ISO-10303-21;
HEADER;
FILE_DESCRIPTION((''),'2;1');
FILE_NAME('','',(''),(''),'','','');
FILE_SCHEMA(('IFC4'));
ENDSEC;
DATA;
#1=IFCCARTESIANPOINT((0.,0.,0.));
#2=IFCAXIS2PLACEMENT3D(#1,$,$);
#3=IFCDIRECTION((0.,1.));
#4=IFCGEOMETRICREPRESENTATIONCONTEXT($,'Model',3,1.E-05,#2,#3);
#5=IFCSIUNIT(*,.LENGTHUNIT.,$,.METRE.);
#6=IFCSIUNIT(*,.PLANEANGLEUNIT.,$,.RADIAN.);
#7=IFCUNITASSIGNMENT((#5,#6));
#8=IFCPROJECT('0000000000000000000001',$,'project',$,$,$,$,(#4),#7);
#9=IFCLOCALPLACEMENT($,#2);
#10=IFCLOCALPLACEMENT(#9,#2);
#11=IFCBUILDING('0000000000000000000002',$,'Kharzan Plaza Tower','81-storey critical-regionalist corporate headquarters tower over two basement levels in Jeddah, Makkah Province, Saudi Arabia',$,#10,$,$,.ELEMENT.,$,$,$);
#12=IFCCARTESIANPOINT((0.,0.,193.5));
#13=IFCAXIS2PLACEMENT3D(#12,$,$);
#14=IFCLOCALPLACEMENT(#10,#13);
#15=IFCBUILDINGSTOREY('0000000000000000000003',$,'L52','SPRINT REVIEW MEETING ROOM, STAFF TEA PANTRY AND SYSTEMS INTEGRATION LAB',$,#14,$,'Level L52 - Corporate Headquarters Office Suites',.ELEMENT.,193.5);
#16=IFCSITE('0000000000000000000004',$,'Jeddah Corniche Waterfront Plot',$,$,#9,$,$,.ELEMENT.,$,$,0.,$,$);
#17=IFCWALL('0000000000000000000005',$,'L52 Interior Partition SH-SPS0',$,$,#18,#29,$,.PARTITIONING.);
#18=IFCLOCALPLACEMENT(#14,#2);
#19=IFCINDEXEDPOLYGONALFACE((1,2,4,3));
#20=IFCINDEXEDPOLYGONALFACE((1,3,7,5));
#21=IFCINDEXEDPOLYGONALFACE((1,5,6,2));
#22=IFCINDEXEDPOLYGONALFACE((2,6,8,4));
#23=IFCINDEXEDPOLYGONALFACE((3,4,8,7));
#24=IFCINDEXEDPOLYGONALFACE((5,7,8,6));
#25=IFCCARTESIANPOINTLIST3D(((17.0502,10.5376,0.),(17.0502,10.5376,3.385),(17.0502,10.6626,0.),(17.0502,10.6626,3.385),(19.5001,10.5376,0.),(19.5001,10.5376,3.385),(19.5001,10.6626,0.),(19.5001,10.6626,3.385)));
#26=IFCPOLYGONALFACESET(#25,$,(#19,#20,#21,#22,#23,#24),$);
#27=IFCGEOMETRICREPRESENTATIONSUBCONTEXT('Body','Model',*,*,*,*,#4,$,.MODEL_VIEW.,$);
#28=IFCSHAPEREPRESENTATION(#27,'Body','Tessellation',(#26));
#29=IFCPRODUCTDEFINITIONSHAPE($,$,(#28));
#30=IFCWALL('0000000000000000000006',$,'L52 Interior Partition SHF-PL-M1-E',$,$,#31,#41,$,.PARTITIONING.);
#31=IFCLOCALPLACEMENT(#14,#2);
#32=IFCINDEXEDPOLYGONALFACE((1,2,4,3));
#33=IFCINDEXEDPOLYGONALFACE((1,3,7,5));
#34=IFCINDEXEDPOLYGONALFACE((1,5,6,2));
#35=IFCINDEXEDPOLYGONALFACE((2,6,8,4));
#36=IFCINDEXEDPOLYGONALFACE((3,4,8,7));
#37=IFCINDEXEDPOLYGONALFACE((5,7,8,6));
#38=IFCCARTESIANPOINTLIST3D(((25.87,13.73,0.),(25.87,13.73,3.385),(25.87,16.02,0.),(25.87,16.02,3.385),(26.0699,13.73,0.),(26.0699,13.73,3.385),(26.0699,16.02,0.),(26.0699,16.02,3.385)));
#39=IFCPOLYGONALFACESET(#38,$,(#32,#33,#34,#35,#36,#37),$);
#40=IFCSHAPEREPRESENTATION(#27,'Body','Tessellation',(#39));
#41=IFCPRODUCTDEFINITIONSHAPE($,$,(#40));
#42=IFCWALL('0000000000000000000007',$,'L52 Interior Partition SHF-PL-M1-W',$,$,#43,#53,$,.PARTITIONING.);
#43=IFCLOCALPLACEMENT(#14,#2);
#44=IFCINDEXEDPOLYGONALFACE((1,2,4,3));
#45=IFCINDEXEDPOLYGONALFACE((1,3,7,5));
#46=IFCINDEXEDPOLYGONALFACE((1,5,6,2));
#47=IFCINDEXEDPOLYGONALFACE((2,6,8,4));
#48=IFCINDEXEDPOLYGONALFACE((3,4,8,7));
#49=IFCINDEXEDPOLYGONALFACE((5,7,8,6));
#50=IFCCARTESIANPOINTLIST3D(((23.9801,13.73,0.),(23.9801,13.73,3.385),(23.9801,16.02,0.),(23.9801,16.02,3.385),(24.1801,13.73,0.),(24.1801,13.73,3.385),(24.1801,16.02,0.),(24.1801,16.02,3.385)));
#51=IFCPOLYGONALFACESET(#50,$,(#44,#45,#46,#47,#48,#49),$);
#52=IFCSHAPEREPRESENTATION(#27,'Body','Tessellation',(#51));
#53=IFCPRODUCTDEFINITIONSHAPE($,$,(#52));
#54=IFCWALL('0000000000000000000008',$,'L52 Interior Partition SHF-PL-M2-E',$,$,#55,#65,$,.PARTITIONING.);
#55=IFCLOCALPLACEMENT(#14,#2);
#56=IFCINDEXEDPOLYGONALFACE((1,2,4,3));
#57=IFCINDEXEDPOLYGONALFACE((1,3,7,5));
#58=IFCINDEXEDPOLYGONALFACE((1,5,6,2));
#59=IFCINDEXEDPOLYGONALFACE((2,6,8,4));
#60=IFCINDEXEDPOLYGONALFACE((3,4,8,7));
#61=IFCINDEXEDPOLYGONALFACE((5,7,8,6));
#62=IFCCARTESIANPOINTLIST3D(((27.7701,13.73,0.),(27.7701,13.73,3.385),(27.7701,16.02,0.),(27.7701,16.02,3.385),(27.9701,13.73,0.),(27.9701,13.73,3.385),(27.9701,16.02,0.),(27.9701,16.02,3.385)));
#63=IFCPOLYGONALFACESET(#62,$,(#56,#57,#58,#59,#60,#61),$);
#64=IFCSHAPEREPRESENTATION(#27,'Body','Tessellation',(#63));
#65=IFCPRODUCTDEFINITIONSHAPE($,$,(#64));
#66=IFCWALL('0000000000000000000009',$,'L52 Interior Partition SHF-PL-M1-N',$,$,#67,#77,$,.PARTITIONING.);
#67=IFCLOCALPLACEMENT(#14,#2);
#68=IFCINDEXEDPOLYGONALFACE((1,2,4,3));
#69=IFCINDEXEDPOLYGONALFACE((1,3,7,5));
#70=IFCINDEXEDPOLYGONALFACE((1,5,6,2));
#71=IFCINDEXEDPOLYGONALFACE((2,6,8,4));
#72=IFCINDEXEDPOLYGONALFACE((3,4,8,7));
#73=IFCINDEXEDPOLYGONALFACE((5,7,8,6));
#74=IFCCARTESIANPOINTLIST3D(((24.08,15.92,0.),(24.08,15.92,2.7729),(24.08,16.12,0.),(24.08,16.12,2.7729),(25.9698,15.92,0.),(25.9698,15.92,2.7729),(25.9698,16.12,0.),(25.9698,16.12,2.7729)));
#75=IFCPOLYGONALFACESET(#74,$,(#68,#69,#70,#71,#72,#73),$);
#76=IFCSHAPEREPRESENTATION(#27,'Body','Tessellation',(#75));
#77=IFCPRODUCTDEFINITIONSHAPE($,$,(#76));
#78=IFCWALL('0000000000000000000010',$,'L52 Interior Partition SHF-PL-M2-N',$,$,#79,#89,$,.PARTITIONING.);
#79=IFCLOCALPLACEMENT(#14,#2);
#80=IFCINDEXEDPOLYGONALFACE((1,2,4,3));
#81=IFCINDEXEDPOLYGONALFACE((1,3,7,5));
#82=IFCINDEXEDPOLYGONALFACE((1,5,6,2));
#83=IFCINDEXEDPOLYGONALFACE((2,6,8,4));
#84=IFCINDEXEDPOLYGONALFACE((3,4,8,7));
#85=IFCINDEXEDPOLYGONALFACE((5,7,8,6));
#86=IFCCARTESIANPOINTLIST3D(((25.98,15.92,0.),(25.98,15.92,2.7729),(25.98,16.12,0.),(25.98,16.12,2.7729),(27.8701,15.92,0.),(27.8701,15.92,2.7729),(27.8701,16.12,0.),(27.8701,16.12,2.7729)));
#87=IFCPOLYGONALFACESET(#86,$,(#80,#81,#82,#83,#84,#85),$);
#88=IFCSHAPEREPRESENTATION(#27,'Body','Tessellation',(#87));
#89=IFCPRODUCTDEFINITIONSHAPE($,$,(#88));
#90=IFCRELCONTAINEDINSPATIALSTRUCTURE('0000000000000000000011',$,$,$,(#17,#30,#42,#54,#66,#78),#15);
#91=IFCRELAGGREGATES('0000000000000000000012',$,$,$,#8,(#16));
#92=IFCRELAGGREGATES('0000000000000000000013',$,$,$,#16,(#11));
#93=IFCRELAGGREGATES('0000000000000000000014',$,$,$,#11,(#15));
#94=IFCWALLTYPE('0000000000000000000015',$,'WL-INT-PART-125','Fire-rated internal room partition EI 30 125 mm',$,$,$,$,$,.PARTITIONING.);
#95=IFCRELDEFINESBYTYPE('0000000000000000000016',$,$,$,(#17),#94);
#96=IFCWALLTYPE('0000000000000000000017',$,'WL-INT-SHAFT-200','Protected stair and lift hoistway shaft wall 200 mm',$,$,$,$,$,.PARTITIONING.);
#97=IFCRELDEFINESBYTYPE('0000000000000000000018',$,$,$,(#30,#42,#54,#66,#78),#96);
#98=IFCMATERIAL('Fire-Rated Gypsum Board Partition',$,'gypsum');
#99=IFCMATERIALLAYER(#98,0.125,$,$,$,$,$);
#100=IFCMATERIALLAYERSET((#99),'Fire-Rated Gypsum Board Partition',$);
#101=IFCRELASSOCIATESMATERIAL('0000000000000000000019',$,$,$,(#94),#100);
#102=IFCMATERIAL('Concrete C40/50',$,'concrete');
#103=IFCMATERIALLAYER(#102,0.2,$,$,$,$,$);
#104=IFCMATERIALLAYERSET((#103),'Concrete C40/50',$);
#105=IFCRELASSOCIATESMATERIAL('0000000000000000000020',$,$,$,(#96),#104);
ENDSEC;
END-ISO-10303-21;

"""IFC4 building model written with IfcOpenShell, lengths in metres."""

from ifc_helpers import new_model, si_unit, direction, frame, frame_2d, origin, place, context, subcontext, project, spatial, rectangle, extrude, source, transform, mapped, material, layer, layer_set, type_object, element, save


model = new_model("IFC4")

# Units and contexts
model_context = context("Model", 3, precision=1e-05, world=origin(), true_north=direction((0.0, 1.0)))
body_context = subcontext(model_context, "Body", "Model", "MODEL_VIEW")
ifc_project = project(units=[si_unit("LENGTHUNIT", "METRE"), si_unit("PLANEANGLEUNIT", "RADIAN")], contexts=[model_context])

# Site, building, storey
site_placement = place(None, origin())
site = spatial("IfcSite", under=ifc_project, at=site_placement, Name="Jeddah Corniche Waterfront Plot", CompositionType="ELEMENT", RefElevation=0.0)
building_placement = place(site_placement, origin())
building = spatial("IfcBuilding", under=site, at=building_placement, Name="Kharzan Plaza Tower", Description="81-storey critical-regionalist corporate headquarters tower over two basement levels in Jeddah, Makkah Province, Saudi Arabia", CompositionType="ELEMENT")
storey_placement = place(building_placement, frame((0.0, 0.0, 193.5)))
storey = spatial("IfcBuildingStorey", under=building, at=storey_placement, Name="L52", Description="SPRINT REVIEW MEETING ROOM, STAFF TEA PANTRY AND SYSTEMS INTEGRATION LAB", LongName="Level L52 - Corporate Headquarters Office Suites", CompositionType="ELEMENT", Elevation=193.5)

# Shared definitions
ifc_material_1 = material(Name="Fire-Rated Gypsum Board Partition", Category="gypsum")
ifc_layer_1 = layer(ifc_material_1, 0.125)
ifc_layer_set_1 = layer_set([ifc_layer_1], Name="Fire-Rated Gypsum Board Partition")
wall_type_1 = type_object("IfcWallType", Name="WL-INT-PART-125", Description="Fire-rated internal room partition EI 30 125 mm", PredefinedType="PARTITIONING", material=ifc_layer_set_1)
ifc_material_2 = material(Name="Concrete C40/50", Category="concrete")
ifc_layer_2 = layer(ifc_material_2, 0.2)
ifc_layer_set_2 = layer_set([ifc_layer_2], Name="Concrete C40/50")
wall_type_2 = type_object("IfcWallType", Name="WL-INT-SHAFT-200", Description="Protected stair and lift hoistway shaft wall 200 mm", PredefinedType="PARTITIONING", material=ifc_layer_set_2)

# Walls
shared_shape_1 = source(origin(), body_context, "Body", "SweptSolid", [
    extrude(rectangle(XDim=2.45, YDim=0.125, at=frame_2d((1.2251, 0.0))), origin(), (0.0, 0.0, 1.0), 3.385),
])
for number, where, z_axis, x_axis, name in (
    (1, (17.05, 10.6001, 0.0), (0.0, 0.0, 1.0), (1.0, 0.0, 0.0), "L52 Interior Partition SH-SPS0"),
):
    element("IfcWall", number, at=place(storey_placement, frame(where, z_axis=z_axis, x_axis=x_axis)), inside=storey, type_object=wall_type_1, Name=name, PredefinedType="PARTITIONING", context=body_context, shape_type="MappedRepresentation", body=[
        mapped(shared_shape_1, transform((0.0, 0.0, 0.0), x_axis=(1.0, 0.0, 0.0), y_axis=(0.0, 1.0, 0.0), z_axis=(0.0, 0.0, 1.0))),
    ])
shared_shape_2 = source(origin(), body_context, "Body", "SweptSolid", [
    extrude(rectangle(XDim=2.29, YDim=0.2, at=frame_2d((1.145, 0.0))), origin(), (0.0, 0.0, 1.0), 3.385),
])
for number, where, z_axis, x_axis, name in (
    (2, (25.97, 13.73, 0.0), (0.0, 0.0, 1.0), (0.0, 1.0, 0.0), "L52 Interior Partition SHF-PL-M1-E"),
    (3, (24.0801, 13.73, 0.0), (0.0, 0.0, 1.0), (0.0, 1.0, 0.0), "L52 Interior Partition SHF-PL-M1-W"),
    (4, (27.8701, 13.73, 0.0), (0.0, 0.0, 1.0), (0.0, 1.0, 0.0), "L52 Interior Partition SHF-PL-M2-E"),
):
    element("IfcWall", number, at=place(storey_placement, frame(where, z_axis=z_axis, x_axis=x_axis)), inside=storey, type_object=wall_type_2, Name=name, PredefinedType="PARTITIONING", context=body_context, shape_type="MappedRepresentation", body=[
        mapped(shared_shape_2, transform((0.0, 0.0, 0.0), x_axis=(1.0, 0.0, 0.0), y_axis=(0.0, 1.0, 0.0), z_axis=(0.0, 0.0, 1.0))),
    ])
shared_shape_3 = source(origin(), body_context, "Body", "SweptSolid", [
    extrude(rectangle(XDim=1.8899, YDim=0.2, at=frame_2d((0.9448, 0.0))), origin(), (0.0, 0.0, 1.0), 2.7729),
])
wall_1_placement = place(storey_placement, frame((24.0801, 16.02, 0.0), z_axis=(0.0, 0.0, 1.0), x_axis=(1.0, 0.0, 0.0)))
element("IfcWall", 5, at=wall_1_placement, inside=storey, type_object=wall_type_2, Name="L52 Interior Partition SHF-PL-M1-N", PredefinedType="PARTITIONING", context=body_context, shape_type="MappedRepresentation", body=[
    mapped(shared_shape_3, transform((0.0, 0.0, 0.0), x_axis=(1.0, 0.0, 0.0), y_axis=(0.0, 1.0, 0.0), z_axis=(0.0, 0.0, 1.0))),
])
shared_shape_4 = source(origin(), body_context, "Body", "SweptSolid", [
    extrude(rectangle(XDim=1.8901, YDim=0.2, at=frame_2d((0.9451, 0.0))), origin(), (0.0, 0.0, 1.0), 2.7729),
])
wall_2_placement = place(storey_placement, frame((25.98, 16.02, 0.0), z_axis=(0.0, 0.0, 1.0), x_axis=(1.0, 0.0, 0.0)))
element("IfcWall", 6, at=wall_2_placement, inside=storey, type_object=wall_type_2, Name="L52 Interior Partition SHF-PL-M2-N", PredefinedType="PARTITIONING", context=body_context, shape_type="MappedRepresentation", body=[
    mapped(shared_shape_4, transform((0.0, 0.0, 0.0), x_axis=(1.0, 0.0, 0.0), y_axis=(0.0, 1.0, 0.0), z_axis=(0.0, 0.0, 1.0))),
])

save(model, "model.ifc")
